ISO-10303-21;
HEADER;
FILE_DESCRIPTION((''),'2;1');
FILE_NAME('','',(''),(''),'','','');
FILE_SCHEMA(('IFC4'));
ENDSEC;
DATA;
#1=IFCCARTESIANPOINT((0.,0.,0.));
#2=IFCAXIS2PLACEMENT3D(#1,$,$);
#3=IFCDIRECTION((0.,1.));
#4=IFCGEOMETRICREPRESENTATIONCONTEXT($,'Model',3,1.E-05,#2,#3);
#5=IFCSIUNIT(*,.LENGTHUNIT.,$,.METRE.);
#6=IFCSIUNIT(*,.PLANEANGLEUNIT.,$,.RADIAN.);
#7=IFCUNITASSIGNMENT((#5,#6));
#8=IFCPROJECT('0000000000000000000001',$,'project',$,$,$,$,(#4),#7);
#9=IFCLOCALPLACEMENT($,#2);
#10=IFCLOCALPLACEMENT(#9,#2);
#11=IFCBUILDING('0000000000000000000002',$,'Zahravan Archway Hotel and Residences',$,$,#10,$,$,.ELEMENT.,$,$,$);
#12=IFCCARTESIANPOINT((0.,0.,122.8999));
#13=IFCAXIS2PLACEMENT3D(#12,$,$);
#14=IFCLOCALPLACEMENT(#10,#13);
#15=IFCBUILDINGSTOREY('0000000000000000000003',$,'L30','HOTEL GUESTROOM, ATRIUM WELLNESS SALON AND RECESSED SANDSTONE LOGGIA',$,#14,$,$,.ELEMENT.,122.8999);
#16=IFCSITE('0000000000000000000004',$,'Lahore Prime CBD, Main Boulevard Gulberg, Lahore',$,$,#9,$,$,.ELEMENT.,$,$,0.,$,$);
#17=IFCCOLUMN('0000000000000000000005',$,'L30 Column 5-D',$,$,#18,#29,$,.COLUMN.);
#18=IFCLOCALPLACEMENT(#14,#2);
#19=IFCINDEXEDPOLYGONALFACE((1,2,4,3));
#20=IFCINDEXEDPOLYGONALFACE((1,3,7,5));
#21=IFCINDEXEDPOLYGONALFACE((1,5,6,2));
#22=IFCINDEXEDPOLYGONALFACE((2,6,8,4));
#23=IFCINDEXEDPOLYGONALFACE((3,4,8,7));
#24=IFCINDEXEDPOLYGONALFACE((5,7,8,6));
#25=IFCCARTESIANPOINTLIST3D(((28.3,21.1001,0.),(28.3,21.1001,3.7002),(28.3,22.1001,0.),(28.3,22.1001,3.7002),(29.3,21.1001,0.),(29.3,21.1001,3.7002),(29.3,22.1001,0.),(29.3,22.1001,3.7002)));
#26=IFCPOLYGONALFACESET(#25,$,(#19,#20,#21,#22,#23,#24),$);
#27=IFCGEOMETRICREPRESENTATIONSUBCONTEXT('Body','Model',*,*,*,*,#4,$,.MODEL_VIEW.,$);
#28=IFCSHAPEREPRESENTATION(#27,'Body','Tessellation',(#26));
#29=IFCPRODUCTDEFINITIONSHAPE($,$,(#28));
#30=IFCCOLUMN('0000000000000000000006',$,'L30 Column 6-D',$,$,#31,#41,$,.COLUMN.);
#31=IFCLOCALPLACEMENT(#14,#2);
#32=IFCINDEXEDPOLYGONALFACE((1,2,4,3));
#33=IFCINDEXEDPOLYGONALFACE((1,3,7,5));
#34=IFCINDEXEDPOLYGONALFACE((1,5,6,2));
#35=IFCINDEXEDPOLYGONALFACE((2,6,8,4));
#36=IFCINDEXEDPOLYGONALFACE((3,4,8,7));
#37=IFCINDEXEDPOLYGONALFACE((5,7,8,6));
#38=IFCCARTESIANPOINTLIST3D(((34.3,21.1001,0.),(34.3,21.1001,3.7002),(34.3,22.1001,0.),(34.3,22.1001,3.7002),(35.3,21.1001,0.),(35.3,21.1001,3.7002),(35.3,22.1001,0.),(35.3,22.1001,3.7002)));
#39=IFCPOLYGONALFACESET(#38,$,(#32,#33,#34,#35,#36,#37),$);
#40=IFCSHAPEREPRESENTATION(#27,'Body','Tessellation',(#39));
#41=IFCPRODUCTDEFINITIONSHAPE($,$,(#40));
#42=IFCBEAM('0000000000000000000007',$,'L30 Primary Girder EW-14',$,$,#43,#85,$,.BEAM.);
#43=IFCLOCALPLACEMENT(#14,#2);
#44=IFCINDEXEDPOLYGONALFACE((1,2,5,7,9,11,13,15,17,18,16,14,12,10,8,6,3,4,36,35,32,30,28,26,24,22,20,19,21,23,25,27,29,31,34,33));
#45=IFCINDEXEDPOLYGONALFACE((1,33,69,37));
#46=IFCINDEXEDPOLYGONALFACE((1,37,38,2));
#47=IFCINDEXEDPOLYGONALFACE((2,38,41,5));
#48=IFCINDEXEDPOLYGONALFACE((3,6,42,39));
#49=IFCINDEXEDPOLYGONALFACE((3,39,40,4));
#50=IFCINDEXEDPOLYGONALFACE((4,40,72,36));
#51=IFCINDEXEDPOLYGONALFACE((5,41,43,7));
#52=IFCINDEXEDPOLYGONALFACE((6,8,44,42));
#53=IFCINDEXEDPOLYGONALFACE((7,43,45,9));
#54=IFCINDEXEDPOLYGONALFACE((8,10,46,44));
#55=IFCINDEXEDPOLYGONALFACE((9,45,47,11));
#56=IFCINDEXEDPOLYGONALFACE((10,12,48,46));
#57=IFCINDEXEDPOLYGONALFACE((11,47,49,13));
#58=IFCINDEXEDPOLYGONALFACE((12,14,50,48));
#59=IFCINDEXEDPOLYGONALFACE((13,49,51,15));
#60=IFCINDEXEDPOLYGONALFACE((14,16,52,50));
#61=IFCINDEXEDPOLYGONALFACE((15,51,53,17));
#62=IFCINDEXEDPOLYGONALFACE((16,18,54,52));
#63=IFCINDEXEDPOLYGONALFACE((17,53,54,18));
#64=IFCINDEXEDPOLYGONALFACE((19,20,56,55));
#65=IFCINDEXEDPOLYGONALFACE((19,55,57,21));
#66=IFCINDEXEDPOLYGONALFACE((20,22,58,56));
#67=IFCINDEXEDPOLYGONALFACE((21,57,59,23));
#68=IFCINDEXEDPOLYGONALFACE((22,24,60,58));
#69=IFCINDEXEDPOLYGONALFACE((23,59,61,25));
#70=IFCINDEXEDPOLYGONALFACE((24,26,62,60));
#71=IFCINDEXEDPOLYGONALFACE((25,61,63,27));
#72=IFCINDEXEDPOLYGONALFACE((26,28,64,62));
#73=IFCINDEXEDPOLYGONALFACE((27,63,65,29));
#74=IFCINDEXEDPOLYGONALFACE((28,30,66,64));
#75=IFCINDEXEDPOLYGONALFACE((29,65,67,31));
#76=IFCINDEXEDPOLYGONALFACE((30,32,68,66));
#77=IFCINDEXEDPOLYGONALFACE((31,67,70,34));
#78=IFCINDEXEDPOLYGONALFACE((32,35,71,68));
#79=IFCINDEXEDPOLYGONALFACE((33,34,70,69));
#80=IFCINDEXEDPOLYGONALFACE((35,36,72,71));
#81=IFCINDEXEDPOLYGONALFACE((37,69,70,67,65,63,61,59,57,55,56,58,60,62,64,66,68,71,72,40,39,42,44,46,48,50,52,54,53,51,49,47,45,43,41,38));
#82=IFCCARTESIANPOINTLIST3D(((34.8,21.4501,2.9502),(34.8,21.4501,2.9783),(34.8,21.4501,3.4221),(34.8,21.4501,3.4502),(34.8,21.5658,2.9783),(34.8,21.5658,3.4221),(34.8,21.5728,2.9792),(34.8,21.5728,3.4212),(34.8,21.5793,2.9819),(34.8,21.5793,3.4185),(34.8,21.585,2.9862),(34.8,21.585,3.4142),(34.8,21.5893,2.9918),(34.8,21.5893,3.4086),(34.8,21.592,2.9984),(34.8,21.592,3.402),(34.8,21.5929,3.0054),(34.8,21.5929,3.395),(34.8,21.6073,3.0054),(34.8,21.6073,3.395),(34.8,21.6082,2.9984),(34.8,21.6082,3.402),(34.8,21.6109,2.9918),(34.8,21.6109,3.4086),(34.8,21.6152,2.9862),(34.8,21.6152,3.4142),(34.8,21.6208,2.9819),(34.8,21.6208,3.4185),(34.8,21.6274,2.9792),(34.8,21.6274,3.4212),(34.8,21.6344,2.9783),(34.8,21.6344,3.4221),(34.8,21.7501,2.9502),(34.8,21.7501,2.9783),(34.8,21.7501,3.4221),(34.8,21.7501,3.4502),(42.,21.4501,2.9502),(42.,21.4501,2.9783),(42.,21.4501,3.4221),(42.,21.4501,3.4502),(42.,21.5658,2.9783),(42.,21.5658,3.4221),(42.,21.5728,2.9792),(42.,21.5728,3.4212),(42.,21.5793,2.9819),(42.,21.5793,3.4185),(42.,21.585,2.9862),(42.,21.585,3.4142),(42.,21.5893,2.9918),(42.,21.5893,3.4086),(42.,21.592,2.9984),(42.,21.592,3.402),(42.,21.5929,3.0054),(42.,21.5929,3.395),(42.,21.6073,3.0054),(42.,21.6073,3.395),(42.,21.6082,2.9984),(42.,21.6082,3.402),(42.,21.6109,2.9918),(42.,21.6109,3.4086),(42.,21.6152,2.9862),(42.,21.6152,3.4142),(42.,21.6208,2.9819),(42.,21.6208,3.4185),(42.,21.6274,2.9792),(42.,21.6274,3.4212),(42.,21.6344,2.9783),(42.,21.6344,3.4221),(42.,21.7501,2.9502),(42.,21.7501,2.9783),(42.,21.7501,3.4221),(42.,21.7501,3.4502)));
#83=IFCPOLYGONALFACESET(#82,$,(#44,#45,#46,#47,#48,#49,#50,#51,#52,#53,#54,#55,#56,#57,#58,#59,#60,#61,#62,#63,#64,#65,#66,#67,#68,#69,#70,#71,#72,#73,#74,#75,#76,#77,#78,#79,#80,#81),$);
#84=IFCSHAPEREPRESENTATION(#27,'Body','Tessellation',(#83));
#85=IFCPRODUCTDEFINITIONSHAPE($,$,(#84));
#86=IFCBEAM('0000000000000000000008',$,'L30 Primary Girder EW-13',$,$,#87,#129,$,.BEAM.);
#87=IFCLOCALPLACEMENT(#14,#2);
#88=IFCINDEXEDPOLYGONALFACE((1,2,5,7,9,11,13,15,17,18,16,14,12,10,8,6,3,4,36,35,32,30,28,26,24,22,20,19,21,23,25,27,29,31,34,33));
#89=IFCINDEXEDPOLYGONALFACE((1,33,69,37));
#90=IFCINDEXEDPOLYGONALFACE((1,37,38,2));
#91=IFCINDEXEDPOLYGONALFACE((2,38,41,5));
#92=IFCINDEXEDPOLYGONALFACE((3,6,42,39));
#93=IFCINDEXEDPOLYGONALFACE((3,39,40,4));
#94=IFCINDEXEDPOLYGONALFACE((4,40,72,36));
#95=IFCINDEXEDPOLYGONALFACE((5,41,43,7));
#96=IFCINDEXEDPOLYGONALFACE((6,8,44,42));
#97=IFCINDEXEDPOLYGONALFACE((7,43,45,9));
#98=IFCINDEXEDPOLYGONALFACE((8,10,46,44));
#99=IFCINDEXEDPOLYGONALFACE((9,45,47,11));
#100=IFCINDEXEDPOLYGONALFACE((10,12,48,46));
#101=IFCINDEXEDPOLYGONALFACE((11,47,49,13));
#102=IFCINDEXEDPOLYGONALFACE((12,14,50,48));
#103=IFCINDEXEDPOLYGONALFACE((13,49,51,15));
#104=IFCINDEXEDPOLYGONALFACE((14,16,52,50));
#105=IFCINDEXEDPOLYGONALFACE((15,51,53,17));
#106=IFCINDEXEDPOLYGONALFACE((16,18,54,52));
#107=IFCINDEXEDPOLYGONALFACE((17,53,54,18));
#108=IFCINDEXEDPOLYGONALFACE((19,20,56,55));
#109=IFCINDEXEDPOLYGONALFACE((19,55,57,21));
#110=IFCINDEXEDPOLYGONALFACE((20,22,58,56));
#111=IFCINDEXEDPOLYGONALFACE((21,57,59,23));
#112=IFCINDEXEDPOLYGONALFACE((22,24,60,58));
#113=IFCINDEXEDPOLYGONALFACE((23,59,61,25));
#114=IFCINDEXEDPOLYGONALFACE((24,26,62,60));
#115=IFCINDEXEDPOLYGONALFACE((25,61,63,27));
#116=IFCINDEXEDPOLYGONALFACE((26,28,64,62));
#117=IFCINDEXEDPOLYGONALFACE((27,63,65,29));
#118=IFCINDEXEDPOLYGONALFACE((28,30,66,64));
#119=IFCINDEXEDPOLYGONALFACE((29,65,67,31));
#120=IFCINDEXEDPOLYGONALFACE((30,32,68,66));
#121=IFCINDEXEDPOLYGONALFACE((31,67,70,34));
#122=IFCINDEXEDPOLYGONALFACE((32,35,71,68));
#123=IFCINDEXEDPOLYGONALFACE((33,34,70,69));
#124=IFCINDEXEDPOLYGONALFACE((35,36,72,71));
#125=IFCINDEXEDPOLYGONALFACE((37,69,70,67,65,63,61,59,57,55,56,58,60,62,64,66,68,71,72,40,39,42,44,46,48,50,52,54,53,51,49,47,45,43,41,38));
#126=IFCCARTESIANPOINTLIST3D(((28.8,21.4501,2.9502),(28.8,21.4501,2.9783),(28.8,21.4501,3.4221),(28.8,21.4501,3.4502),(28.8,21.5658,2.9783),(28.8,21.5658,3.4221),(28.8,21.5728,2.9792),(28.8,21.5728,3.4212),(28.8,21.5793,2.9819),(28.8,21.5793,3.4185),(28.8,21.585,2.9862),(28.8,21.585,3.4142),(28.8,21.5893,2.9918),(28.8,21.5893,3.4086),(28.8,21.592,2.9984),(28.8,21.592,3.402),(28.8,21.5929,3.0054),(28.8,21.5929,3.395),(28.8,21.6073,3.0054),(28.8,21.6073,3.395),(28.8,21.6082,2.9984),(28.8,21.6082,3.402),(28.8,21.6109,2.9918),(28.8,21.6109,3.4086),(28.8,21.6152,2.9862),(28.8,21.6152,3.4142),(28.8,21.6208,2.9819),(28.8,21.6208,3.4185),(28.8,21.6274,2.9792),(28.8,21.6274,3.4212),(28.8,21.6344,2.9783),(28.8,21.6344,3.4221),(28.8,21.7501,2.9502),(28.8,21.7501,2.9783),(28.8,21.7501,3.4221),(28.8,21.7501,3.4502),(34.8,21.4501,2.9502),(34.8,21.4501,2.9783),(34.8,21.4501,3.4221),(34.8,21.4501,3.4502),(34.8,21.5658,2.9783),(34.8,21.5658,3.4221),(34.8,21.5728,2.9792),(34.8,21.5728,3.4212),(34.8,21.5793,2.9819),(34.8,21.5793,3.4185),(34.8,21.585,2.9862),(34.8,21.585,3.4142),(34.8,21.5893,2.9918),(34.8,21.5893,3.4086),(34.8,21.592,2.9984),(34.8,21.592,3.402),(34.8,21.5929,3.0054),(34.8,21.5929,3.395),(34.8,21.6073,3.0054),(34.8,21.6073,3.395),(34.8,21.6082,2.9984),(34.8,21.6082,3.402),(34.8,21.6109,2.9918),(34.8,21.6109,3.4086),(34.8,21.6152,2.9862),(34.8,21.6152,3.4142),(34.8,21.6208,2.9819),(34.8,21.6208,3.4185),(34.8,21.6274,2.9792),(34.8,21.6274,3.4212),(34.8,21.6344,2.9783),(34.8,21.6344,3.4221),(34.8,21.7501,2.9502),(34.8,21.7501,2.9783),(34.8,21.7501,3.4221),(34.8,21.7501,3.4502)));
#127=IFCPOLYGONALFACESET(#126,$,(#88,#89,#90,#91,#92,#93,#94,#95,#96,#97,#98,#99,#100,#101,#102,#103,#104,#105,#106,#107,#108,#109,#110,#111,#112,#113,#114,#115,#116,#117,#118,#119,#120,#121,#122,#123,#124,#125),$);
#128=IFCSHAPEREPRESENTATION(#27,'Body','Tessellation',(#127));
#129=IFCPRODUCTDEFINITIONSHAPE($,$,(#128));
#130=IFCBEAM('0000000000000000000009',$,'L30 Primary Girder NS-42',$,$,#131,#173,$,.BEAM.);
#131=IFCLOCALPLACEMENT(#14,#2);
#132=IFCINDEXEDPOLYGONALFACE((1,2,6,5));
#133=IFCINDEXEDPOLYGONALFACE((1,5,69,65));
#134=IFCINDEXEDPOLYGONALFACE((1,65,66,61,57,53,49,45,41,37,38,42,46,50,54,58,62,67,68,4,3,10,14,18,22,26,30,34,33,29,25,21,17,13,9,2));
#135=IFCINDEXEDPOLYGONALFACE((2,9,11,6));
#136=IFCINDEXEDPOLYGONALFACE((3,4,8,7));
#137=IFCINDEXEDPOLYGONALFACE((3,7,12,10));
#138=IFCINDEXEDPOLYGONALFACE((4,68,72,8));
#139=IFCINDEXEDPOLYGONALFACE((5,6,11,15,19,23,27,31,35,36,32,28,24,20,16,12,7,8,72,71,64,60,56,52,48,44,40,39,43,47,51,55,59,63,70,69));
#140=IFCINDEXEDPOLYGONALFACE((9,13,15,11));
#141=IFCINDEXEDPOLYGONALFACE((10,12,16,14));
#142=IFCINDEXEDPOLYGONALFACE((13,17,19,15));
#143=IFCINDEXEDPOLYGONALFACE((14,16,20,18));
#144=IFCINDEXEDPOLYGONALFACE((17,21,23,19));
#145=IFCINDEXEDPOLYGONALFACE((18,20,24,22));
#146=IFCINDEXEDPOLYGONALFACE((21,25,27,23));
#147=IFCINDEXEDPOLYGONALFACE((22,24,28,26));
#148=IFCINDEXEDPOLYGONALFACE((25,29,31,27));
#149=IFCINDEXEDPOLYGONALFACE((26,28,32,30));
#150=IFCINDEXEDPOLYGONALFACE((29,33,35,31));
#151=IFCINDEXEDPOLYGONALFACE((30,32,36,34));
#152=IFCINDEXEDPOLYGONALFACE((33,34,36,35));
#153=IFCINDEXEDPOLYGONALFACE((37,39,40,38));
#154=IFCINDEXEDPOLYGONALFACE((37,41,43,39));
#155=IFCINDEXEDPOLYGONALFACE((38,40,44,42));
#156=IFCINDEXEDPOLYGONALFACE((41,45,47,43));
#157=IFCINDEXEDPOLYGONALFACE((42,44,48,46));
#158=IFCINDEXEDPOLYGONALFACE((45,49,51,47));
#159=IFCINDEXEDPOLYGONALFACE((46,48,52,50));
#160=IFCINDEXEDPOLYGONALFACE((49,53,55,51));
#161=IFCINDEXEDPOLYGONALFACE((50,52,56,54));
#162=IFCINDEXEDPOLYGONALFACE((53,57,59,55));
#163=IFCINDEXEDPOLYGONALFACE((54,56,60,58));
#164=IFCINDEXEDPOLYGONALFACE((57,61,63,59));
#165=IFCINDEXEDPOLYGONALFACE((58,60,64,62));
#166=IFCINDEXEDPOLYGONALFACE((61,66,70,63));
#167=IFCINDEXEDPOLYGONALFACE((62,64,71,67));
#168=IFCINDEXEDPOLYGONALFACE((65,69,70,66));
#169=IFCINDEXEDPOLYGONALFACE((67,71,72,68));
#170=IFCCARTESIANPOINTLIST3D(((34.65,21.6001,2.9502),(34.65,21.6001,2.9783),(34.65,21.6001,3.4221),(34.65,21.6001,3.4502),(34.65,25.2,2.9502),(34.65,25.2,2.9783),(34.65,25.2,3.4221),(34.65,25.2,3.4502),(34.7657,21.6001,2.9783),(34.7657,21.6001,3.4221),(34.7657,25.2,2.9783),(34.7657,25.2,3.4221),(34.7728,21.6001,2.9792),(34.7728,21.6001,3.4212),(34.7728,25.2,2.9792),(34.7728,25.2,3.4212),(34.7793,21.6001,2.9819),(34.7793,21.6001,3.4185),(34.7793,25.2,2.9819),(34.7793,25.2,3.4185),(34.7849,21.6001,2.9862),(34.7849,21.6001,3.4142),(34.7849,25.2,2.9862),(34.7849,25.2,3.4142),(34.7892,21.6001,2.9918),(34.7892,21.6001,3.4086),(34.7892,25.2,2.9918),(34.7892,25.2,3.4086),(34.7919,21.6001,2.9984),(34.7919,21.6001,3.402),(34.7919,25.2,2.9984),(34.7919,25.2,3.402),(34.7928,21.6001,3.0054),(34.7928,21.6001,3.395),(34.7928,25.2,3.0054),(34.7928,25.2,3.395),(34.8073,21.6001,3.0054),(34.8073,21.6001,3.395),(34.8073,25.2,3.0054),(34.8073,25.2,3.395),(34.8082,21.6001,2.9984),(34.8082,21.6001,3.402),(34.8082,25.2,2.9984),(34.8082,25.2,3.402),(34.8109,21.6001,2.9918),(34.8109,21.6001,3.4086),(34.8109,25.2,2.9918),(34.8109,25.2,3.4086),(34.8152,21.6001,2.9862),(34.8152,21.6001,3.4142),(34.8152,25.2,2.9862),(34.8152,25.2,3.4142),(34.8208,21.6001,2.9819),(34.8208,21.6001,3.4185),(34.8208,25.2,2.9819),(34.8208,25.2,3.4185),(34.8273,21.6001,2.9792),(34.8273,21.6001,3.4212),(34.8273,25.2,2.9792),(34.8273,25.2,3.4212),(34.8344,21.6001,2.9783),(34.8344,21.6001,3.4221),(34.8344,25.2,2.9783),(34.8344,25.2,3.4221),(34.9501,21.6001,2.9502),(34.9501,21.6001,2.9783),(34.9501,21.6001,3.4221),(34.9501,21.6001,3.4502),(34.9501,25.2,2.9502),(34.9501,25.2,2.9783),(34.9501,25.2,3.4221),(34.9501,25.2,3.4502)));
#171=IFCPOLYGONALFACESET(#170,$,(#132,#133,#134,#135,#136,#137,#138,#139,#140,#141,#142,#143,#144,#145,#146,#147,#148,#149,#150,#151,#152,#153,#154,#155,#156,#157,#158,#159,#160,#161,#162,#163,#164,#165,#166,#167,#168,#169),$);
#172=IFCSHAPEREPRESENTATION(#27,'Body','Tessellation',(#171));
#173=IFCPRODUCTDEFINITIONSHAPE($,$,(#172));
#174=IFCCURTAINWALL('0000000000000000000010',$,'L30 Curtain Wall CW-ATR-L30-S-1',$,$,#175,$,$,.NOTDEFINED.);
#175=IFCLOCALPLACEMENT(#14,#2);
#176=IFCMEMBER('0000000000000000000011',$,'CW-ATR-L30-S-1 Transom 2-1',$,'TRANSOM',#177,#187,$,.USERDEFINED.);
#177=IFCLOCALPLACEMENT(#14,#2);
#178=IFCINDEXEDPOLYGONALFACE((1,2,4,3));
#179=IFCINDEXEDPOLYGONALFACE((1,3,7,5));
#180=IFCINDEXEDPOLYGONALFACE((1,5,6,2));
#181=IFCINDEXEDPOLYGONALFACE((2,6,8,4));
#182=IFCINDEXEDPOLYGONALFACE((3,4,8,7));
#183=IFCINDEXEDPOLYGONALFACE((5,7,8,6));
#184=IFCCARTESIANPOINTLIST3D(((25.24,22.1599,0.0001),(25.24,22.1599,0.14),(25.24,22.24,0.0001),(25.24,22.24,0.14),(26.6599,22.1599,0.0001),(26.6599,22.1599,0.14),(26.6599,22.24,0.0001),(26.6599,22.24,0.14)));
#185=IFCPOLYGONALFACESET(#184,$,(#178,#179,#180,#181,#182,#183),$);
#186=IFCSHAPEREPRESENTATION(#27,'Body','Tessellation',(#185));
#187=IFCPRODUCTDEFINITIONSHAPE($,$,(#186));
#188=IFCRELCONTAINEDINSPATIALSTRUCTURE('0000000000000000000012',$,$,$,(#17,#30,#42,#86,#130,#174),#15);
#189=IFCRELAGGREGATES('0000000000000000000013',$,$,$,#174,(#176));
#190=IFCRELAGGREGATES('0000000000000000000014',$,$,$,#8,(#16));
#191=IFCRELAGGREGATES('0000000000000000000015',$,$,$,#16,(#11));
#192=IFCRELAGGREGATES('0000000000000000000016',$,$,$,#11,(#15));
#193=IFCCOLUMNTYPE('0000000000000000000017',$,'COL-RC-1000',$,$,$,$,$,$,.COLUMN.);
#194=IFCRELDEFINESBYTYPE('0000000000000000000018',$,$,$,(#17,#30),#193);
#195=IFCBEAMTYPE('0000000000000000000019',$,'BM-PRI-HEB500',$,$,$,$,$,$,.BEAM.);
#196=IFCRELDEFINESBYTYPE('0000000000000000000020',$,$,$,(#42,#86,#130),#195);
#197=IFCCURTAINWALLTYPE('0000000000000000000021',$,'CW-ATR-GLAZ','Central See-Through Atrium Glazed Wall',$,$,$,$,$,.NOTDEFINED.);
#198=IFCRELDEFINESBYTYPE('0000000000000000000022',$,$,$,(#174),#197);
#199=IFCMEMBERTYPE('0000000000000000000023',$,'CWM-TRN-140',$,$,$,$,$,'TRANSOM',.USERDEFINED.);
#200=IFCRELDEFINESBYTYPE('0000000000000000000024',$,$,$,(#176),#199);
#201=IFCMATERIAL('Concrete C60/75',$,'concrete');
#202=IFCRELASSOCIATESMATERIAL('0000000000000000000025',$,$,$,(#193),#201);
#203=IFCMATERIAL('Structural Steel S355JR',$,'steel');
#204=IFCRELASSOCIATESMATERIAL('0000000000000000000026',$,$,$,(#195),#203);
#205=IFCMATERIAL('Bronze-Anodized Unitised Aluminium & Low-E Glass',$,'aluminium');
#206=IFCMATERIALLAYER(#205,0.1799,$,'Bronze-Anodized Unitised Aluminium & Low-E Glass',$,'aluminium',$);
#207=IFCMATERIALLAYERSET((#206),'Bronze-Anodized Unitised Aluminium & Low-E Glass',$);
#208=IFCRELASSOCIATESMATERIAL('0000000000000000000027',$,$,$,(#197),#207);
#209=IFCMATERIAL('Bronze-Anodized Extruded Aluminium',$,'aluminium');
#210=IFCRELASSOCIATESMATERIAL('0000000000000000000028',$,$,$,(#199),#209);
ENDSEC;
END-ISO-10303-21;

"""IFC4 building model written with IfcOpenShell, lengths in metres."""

from ifc_helpers import new_model, si_unit, direction, frame, origin, origin_2d, place, context, subcontext, project, spatial, rectangle, i_section, extrude, source, transform, mapped, material, layer, layer_set, material_profile, profile_set, type_object, element, aggregate, save


model = new_model("IFC4")

# Units and contexts
model_context = context("Model", 3, precision=1e-05, world=origin(), true_north=direction((0.0, 1.0)))
body_context = subcontext(model_context, "Body", "Model", "MODEL_VIEW")
ifc_project = project(units=[si_unit("LENGTHUNIT", "METRE"), si_unit("PLANEANGLEUNIT", "RADIAN")], contexts=[model_context])

# Site, building, storey
site_placement = place(None, origin())
site = spatial("IfcSite", under=ifc_project, at=site_placement, Name="Lahore Prime CBD, Main Boulevard Gulberg, Lahore", CompositionType="ELEMENT", RefElevation=0.0)
building_placement = place(site_placement, origin())
building = spatial("IfcBuilding", under=site, at=building_placement, Name="Zahravan Archway Hotel and Residences", CompositionType="ELEMENT")
storey_placement = place(building_placement, frame((0.0, 0.0, 122.8999)))
storey = spatial("IfcBuildingStorey", under=building, at=storey_placement, Name="L30", Description="HOTEL GUESTROOM, ATRIUM WELLNESS SALON AND RECESSED SANDSTONE LOGGIA", CompositionType="ELEMENT", Elevation=122.8999)

# Columns
ifc_material_1 = material(Name="Concrete C60/75", Category="concrete")
ifc_material_profile_1 = material_profile(ifc_material_1, rectangle(XDim=1.0, YDim=1.0, at=origin_2d()), Name="RC-COL-1000x1000", Category="concrete")
ifc_profile_set_1 = profile_set([ifc_material_profile_1], Name="Concrete C60/75")
column_type = type_object("IfcColumnType", Name="COL-RC-1000", PredefinedType="COLUMN", material=ifc_profile_set_1)
shared_shape_1 = source(origin(), body_context, "Body", "SweptSolid", [
    extrude(rectangle(XDim=1.0, YDim=1.0, at=origin_2d()), origin(), (0.0, 0.0, 1.0), 3.7002),
])
for number, where, z_axis, x_axis, name in (
    (1, (28.8, 21.6001, 0.0), (0.0, 0.0, 1.0), (1.0, 0.0, 0.0), "L30 Column 5-D"),
    (2, (34.8, 21.6001, 0.0), (0.0, 0.0, 1.0), (1.0, 0.0, 0.0), "L30 Column 6-D"),
):
    element("IfcColumn", number, at=place(storey_placement, frame(where, z_axis=z_axis, x_axis=x_axis)), inside=storey, type_object=column_type, Name=name, PredefinedType="COLUMN", context=body_context, shape_type="MappedRepresentation", body=[
        mapped(shared_shape_1, transform((0.0, 0.0, 0.0), scale=1.0)),
    ])

# Beams
ifc_material_2 = material(Name="Structural Steel S355JR", Category="steel")
ifc_material_profile_2 = material_profile(ifc_material_2, i_section(OverallWidth=0.3, OverallDepth=0.5, WebThickness=0.0144, FlangeThickness=0.0281, FilletRadius=0.0271, at=origin_2d()), Name="HEB 500", Category="steel")
ifc_profile_set_2 = profile_set([ifc_material_profile_2], Name="Structural Steel S355JR")
beam_type = type_object("IfcBeamType", Name="BM-PRI-HEB500", PredefinedType="BEAM", material=ifc_profile_set_2)
shared_shape_2 = source(origin(), body_context, "Body", "SweptSolid", [
    extrude(i_section(OverallWidth=0.3, OverallDepth=0.5, WebThickness=0.0144, FlangeThickness=0.0281, FilletRadius=0.0271, at=origin_2d()), origin(), (0.0, 0.0, 1.0), 7.2),
])
beam_1_placement = place(storey_placement, frame((34.8, 21.6001, 3.2002), z_axis=(1.0, 0.0, 0.0), x_axis=(0.0, 1.0, 0.0)))
element("IfcBeam", 3, at=beam_1_placement, inside=storey, type_object=beam_type, Name="L30 Primary Girder EW-14", PredefinedType="BEAM", context=body_context, shape_type="MappedRepresentation", body=[
    mapped(shared_shape_2, transform((0.0, 0.0, 0.0), scale=1.0)),
])
shared_shape_3 = source(origin(), body_context, "Body", "SweptSolid", [
    extrude(i_section(OverallWidth=0.3, OverallDepth=0.5, WebThickness=0.0144, FlangeThickness=0.0281, FilletRadius=0.0271, at=origin_2d()), origin(), (0.0, 0.0, 1.0), 6.0),
])
beam_2_placement = place(storey_placement, frame((28.8, 21.6001, 3.2002), z_axis=(1.0, 0.0, 0.0), x_axis=(0.0, 1.0, 0.0)))
element("IfcBeam", 4, at=beam_2_placement, inside=storey, type_object=beam_type, Name="L30 Primary Girder EW-13", PredefinedType="BEAM", context=body_context, shape_type="MappedRepresentation", body=[
    mapped(shared_shape_3, transform((0.0, 0.0, 0.0), scale=1.0)),
])
shared_shape_4 = source(origin(), body_context, "Body", "SweptSolid", [
    extrude(i_section(OverallWidth=0.3, OverallDepth=0.5, WebThickness=0.0144, FlangeThickness=0.0281, FilletRadius=0.0271, at=origin_2d()), origin(), (0.0, 0.0, 1.0), 3.5999),
])
beam_3_placement = place(storey_placement, frame((34.8, 21.6001, 3.2002), z_axis=(0.0, 1.0, 0.0), x_axis=(-1.0, 0.0, 0.0)))
element("IfcBeam", 5, at=beam_3_placement, inside=storey, type_object=beam_type, Name="L30 Primary Girder NS-42", PredefinedType="BEAM", context=body_context, shape_type="MappedRepresentation", body=[
    mapped(shared_shape_4, transform((0.0, 0.0, 0.0), scale=1.0)),
])

# Curtain wall, member
ifc_material_3 = material(Name="Bronze-Anodized Unitised Aluminium & Low-E Glass", Category="aluminium")
ifc_layer_1 = layer(ifc_material_3, 0.1799, Name="Bronze-Anodized Unitised Aluminium & Low-E Glass", Category="aluminium")
ifc_layer_set_1 = layer_set([ifc_layer_1], Name="Bronze-Anodized Unitised Aluminium & Low-E Glass")
curtain_wall_type = type_object("IfcCurtainWallType", Name="CW-ATR-GLAZ", Description="Central See-Through Atrium Glazed Wall", PredefinedType="NOTDEFINED", material=ifc_layer_set_1)
curtain_wall_placement = place(storey_placement, origin())
curtain_wall = element("IfcCurtainWall", 6, at=curtain_wall_placement, inside=storey, type_object=curtain_wall_type, Name="L30 Curtain Wall CW-ATR-L30-S-1", PredefinedType="NOTDEFINED")
ifc_material_4 = material(Name="Bronze-Anodized Extruded Aluminium", Category="aluminium")
ifc_material_profile_3 = material_profile(ifc_material_4, rectangle(XDim=0.0801, YDim=0.1399, at=origin_2d()), Name="TRN 80x140", Category="aluminium")
ifc_profile_set_3 = profile_set([ifc_material_profile_3], Name="Bronze-Anodized Extruded Aluminium")
member_type_1 = type_object("IfcMemberType", Name="CWM-TRN-140", ElementType="TRANSOM", PredefinedType="USERDEFINED", material=ifc_profile_set_3)
shared_shape_5 = source(origin(), body_context, "Body", "SweptSolid", [
    extrude(rectangle(XDim=0.0801, YDim=0.1399, at=origin_2d()), origin(), (0.0, 0.0, 1.0), 1.4199),
])
member_1_placement = place(storey_placement, frame((25.24, 22.2, 0.0701), z_axis=(1.0, 0.0, 0.0), x_axis=(0.0, 1.0, 0.0)))
member_1 = element("IfcMember", 7, at=member_1_placement, type_object=member_type_1, Name="CW-ATR-L30-S-1 Transom 2-1", ObjectType="TRANSOM", PredefinedType="USERDEFINED", context=body_context, shape_type="MappedRepresentation", body=[
    mapped(shared_shape_5, transform((0.0, 0.0, 0.0), scale=1.0)),
])
aggregate(curtain_wall, [member_1])

save(model, "model.ifc")
